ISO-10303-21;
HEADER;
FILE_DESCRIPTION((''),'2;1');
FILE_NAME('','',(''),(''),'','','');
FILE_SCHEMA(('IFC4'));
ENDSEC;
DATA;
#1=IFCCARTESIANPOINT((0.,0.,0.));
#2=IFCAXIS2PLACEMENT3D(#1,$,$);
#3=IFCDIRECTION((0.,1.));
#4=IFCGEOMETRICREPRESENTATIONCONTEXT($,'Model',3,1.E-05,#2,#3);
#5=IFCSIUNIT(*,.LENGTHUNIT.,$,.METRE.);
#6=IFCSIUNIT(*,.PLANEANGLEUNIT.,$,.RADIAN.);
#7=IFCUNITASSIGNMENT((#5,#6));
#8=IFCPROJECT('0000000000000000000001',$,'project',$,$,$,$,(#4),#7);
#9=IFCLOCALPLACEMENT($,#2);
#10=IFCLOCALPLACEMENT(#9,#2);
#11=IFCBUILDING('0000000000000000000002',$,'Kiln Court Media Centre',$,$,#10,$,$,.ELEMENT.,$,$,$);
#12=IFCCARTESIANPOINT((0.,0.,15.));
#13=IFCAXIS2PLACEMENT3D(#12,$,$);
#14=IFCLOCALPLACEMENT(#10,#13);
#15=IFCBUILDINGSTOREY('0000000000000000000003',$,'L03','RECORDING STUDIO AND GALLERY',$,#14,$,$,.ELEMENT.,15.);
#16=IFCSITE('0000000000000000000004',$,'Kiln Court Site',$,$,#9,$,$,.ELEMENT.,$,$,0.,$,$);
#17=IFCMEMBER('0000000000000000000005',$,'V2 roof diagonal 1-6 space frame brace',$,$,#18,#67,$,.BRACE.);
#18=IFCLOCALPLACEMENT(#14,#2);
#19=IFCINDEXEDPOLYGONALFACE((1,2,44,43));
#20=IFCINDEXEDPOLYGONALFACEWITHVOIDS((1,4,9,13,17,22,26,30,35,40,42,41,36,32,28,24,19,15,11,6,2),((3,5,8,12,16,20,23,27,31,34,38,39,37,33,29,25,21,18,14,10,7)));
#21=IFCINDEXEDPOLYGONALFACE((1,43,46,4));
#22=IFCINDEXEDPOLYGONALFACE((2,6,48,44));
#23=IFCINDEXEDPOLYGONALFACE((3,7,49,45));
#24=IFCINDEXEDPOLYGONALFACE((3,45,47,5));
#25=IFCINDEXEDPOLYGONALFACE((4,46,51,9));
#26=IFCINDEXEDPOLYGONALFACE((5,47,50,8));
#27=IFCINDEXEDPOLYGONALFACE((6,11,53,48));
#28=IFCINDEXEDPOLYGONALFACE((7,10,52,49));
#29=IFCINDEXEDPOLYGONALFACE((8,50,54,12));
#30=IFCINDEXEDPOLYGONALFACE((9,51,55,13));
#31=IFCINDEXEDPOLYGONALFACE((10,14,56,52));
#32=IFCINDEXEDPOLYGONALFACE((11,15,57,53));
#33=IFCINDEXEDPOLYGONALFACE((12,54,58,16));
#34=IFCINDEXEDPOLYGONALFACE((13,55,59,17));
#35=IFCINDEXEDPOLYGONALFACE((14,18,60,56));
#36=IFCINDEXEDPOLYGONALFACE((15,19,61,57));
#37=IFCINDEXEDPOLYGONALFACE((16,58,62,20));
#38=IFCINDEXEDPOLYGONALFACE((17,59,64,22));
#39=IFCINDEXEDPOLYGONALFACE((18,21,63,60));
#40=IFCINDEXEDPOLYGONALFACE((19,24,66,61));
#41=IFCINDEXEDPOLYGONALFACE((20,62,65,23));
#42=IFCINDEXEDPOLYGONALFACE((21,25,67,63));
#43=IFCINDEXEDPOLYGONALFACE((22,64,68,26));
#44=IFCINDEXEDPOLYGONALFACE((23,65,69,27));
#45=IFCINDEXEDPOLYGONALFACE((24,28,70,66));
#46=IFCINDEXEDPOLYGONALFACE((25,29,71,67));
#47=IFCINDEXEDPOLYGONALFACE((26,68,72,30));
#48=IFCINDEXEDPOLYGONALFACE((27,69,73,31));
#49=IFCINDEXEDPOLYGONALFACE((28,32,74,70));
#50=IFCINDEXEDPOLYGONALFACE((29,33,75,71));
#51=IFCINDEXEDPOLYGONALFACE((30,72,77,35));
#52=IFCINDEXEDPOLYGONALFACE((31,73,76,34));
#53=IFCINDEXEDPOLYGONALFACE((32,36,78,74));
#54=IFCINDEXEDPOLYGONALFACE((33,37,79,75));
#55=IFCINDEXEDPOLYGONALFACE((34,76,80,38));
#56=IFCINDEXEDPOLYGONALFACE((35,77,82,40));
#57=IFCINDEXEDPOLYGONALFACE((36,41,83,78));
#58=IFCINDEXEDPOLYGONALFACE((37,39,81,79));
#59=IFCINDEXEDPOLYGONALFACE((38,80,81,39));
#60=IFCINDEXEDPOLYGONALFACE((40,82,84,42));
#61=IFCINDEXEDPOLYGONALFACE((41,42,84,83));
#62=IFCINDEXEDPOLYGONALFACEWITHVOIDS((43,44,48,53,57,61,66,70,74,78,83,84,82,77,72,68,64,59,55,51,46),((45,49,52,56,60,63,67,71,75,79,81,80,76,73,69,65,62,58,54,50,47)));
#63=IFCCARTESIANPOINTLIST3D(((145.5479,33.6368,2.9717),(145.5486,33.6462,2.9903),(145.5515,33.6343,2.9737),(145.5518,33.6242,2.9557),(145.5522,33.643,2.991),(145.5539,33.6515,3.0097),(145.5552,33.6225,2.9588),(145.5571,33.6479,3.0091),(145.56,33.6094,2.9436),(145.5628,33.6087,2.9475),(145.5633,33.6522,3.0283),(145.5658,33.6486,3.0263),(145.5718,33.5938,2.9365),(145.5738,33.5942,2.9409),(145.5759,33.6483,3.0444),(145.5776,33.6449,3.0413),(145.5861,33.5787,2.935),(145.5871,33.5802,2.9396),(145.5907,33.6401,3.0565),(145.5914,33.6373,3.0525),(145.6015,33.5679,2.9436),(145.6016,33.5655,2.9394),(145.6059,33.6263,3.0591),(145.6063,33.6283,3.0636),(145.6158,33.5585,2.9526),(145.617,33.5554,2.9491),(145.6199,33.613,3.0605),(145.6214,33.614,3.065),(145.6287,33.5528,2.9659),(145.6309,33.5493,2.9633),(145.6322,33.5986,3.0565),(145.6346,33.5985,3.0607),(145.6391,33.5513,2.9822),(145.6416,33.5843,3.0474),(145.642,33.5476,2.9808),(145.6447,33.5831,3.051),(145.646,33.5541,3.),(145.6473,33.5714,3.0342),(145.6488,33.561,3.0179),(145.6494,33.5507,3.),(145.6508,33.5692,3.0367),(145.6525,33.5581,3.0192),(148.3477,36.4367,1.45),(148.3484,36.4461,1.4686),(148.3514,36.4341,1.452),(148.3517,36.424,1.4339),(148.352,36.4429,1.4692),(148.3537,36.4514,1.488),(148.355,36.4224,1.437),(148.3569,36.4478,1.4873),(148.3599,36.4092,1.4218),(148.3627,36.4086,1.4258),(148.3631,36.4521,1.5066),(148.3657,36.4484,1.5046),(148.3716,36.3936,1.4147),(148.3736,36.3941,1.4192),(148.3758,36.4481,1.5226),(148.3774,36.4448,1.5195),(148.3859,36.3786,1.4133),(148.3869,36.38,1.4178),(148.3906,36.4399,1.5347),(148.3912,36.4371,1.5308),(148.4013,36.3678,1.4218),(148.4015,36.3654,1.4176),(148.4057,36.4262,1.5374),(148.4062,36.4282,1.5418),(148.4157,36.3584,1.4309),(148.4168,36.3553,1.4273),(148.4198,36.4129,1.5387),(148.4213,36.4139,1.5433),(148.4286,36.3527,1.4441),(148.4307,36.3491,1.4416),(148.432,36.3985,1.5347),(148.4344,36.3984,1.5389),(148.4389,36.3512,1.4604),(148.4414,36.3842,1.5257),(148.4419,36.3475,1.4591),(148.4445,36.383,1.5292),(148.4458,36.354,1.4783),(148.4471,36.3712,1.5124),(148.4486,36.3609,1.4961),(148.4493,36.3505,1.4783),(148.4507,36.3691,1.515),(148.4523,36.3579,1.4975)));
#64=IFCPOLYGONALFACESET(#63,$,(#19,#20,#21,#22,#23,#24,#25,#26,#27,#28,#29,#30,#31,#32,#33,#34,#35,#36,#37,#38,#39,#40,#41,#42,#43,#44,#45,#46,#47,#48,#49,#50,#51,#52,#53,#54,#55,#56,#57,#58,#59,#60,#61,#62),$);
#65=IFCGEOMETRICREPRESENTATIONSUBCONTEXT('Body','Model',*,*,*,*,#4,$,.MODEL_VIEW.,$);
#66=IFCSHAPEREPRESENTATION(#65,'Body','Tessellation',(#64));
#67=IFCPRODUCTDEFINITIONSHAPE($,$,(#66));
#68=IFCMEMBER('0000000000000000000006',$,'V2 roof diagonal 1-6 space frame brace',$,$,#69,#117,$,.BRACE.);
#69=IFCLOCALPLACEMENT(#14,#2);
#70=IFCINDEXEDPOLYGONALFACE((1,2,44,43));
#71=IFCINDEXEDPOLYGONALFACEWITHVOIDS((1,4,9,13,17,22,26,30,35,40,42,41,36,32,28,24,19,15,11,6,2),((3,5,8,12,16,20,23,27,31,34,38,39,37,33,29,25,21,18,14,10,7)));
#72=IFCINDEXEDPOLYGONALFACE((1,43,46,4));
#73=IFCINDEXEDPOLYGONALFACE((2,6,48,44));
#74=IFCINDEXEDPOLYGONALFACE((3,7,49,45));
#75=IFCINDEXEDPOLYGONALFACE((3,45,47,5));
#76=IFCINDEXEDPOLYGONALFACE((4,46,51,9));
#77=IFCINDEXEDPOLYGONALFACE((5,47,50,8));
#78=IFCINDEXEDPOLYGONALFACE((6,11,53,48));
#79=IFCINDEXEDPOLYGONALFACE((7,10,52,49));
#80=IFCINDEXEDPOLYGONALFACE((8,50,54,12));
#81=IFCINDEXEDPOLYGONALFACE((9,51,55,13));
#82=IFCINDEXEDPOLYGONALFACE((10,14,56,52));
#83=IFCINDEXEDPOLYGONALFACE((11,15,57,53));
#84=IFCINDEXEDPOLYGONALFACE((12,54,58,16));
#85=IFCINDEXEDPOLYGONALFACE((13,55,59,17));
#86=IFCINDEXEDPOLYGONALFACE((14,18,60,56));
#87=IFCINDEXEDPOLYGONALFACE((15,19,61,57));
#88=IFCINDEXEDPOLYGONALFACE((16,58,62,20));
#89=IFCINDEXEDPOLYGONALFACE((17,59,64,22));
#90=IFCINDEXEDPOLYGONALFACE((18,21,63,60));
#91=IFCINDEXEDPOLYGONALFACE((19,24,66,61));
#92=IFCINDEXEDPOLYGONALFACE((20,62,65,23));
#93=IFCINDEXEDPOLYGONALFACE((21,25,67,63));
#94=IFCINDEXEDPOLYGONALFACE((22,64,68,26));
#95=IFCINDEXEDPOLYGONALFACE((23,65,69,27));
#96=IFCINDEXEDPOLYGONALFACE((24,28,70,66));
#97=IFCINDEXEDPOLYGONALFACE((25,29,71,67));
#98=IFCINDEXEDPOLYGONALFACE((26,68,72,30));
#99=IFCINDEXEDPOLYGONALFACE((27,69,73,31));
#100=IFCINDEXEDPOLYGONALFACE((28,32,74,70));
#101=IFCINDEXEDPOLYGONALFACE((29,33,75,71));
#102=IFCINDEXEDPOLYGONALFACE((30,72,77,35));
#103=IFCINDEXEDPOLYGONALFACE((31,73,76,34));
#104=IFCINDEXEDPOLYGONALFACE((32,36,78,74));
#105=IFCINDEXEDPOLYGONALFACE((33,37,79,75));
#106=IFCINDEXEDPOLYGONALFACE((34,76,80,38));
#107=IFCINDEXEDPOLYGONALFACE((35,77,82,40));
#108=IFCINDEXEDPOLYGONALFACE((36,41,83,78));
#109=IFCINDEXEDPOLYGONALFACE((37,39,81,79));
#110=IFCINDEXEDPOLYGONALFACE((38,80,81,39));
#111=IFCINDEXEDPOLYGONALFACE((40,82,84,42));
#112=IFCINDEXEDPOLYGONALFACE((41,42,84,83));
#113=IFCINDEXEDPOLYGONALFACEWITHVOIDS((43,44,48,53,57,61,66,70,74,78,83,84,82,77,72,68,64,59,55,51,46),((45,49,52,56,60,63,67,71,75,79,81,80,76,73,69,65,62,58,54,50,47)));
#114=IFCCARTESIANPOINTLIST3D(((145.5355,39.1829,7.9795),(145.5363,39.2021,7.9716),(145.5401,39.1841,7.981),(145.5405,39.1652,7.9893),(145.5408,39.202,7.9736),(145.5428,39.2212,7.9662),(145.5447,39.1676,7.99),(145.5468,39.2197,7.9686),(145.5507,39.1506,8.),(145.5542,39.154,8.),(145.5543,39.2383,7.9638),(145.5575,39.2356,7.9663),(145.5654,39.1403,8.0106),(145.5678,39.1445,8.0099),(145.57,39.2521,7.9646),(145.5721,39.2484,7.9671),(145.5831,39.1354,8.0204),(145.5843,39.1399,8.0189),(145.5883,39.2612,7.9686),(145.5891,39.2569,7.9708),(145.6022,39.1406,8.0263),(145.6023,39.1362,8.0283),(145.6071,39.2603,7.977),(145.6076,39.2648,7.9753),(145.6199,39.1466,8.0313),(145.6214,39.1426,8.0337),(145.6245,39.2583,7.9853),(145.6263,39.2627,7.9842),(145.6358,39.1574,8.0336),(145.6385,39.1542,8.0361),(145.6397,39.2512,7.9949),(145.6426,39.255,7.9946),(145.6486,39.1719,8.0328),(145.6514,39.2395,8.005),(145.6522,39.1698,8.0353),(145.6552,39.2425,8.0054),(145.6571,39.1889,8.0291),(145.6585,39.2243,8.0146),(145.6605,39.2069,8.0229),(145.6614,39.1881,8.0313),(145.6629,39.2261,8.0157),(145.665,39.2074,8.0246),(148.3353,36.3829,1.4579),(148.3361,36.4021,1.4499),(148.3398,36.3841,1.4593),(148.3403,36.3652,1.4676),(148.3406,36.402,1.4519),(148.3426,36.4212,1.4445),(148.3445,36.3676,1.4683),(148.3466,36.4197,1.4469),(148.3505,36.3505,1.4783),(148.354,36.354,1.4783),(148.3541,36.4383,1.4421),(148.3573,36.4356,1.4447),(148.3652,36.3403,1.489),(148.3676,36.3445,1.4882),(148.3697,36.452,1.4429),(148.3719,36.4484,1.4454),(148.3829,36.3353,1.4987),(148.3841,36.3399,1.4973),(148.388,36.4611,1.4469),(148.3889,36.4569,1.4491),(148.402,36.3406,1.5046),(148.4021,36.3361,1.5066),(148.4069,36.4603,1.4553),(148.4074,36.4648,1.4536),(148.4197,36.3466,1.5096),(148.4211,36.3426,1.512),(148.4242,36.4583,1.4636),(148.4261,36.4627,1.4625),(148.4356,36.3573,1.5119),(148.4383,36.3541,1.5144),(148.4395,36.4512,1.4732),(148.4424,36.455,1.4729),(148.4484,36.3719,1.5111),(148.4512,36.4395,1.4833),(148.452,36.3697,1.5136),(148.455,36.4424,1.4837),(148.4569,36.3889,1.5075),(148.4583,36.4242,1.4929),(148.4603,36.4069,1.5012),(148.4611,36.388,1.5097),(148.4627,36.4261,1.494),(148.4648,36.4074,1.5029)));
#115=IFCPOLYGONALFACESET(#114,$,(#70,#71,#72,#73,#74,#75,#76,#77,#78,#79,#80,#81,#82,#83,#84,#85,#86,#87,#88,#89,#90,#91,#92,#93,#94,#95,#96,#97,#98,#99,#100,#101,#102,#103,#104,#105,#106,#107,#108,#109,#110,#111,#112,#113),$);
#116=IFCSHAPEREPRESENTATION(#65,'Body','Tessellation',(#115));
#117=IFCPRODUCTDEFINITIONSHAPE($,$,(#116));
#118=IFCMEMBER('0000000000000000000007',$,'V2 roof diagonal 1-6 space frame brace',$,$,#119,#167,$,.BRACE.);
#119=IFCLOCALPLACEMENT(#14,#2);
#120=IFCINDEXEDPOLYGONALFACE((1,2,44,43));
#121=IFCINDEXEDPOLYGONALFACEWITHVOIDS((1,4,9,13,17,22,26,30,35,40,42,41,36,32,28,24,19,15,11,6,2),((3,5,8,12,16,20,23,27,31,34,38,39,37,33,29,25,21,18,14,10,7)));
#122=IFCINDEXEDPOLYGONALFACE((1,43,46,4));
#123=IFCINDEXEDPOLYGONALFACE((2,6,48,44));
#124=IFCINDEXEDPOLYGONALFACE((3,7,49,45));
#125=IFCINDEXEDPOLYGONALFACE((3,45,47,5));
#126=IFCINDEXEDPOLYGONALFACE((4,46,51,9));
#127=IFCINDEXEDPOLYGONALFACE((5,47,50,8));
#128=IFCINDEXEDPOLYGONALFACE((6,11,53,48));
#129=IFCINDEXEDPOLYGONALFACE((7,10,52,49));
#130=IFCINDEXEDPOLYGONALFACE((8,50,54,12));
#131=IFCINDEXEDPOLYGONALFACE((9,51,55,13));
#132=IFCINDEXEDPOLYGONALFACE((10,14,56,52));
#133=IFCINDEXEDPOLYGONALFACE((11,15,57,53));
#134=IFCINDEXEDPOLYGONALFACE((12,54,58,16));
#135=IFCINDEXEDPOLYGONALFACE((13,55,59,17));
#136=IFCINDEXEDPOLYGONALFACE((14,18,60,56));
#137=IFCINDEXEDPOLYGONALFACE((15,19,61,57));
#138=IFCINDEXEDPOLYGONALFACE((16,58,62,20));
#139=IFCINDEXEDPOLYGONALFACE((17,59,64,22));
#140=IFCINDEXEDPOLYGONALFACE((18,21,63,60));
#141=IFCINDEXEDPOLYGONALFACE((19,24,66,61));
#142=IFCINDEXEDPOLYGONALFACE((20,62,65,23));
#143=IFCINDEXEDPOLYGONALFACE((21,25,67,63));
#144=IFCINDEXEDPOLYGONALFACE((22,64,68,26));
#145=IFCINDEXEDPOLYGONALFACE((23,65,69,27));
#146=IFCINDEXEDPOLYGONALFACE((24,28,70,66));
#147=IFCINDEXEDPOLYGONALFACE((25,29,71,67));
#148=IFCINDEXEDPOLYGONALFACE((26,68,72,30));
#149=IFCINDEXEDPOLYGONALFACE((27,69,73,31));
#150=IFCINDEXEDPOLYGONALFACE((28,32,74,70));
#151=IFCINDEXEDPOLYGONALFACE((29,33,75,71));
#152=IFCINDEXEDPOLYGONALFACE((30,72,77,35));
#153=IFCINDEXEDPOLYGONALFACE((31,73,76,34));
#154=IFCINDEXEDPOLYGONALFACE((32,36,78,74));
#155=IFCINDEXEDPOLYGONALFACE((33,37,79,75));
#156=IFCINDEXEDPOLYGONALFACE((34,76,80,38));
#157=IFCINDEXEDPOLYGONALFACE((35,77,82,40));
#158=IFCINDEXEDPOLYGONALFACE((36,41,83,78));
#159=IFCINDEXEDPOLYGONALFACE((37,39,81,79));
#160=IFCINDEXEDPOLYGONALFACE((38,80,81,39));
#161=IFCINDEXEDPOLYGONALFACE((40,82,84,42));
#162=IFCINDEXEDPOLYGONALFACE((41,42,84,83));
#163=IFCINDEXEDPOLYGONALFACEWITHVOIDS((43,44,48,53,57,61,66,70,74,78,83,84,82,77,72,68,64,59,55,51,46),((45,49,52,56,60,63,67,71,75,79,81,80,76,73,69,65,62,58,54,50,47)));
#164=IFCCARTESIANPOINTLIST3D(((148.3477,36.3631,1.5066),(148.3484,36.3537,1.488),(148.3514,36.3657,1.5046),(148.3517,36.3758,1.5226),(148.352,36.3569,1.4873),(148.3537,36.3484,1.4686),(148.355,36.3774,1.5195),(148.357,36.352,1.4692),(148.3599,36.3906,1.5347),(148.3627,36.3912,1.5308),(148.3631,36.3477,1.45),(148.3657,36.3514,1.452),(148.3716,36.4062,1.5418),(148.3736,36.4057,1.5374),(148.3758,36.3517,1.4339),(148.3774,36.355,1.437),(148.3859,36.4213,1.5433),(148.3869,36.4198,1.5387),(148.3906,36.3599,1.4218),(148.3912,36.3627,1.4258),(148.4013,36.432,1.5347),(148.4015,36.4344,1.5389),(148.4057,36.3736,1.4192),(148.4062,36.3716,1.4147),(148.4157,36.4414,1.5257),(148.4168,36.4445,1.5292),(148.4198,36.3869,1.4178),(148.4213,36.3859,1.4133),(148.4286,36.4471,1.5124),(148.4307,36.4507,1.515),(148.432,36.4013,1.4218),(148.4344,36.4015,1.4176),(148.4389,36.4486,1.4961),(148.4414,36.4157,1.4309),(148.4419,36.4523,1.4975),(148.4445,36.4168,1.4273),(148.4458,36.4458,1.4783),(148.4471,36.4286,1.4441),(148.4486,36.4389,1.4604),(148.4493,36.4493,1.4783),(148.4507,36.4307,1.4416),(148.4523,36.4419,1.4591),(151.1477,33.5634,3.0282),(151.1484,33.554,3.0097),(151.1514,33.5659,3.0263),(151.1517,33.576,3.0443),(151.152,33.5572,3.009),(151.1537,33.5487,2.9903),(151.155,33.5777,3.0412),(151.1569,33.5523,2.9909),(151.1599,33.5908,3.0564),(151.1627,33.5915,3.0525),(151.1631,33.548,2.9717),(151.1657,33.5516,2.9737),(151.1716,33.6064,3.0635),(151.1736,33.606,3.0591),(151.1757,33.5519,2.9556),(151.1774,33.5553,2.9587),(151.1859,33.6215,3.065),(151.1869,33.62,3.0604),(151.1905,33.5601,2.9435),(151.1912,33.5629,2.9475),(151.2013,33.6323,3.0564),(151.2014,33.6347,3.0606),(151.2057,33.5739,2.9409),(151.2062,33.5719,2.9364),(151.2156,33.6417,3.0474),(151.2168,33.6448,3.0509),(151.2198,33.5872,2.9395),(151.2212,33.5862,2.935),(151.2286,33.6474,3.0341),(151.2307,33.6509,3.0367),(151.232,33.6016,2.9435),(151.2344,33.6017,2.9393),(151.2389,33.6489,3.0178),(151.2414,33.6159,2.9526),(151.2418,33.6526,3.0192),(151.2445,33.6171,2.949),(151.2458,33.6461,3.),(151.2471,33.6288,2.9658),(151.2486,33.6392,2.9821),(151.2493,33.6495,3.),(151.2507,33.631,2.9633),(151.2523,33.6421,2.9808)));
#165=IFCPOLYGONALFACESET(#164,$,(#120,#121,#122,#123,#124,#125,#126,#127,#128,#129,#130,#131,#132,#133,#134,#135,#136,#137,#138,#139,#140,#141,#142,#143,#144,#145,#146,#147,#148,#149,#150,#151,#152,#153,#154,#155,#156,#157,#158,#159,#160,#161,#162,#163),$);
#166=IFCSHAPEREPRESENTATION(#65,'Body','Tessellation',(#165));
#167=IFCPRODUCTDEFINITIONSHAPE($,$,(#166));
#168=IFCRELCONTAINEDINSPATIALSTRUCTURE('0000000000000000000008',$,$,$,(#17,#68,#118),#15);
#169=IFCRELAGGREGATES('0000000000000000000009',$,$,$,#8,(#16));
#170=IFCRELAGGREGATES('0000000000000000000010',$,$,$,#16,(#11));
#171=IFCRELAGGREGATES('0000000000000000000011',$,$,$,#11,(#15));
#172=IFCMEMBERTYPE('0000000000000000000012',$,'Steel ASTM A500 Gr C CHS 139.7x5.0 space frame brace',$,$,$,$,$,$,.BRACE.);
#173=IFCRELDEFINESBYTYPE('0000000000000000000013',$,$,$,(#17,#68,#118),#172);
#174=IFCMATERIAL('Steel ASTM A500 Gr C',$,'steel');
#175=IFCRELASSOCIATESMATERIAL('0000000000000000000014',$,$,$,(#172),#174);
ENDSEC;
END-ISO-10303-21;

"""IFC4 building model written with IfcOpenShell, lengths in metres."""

from ifc_helpers import new_model, si_unit, direction, frame, origin, origin_2d, place, context, subcontext, project, spatial, hollow_circle, extrude, material, material_profile, profile_set, type_object, element, save


model = new_model("IFC4")

# Units and contexts
model_context = context("Model", 3, precision=1e-05, world=origin(), true_north=direction((0.0, 1.0)))
body_context = subcontext(model_context, "Body", "Model", "MODEL_VIEW")
ifc_project = project(units=[si_unit("LENGTHUNIT", "METRE"), si_unit("PLANEANGLEUNIT", "RADIAN")], contexts=[model_context])

# Site, building, storey
site_placement = place(None, origin())
site = spatial("IfcSite", under=ifc_project, at=site_placement, Name="Kiln Court Site", CompositionType="ELEMENT", RefElevation=0.0)
building_placement = place(site_placement, origin())
building = spatial("IfcBuilding", under=site, at=building_placement, Name="Kiln Court Media Centre", CompositionType="ELEMENT")
storey_placement = place(building_placement, frame((0.0, 0.0, 15.0)))
storey = spatial("IfcBuildingStorey", under=building, at=storey_placement, Name="L03", Description="RECORDING STUDIO AND GALLERY", CompositionType="ELEMENT", Elevation=15.0)

# Members
ifc_material_1 = material(Name="Steel ASTM A500 Gr C", Category="steel")
ifc_material_profile_1 = material_profile(ifc_material_1, hollow_circle(Radius=0.0698, WallThickness=0.0049, at=origin_2d()), Name="CHS 139.7x5.0")
ifc_profile_set_1 = profile_set([ifc_material_profile_1], Name="Steel ASTM A500 Gr C")
member_type_1 = type_object("IfcMemberType", Name="Steel ASTM A500 Gr C CHS 139.7x5.0 space frame brace", PredefinedType="BRACE", material=ifc_profile_set_1)
member_1_placement = place(storey_placement, frame((148.3999, 36.3999, 1.4783), z_axis=(-0.66004, -0.66004, 0.35874), x_axis=(0.707107, -0.707107, 0.0)))
element("IfcMember", 1, at=member_1_placement, inside=storey, type_object=member_type_1, Name="V2 roof diagonal 1-6 space frame brace", PredefinedType="BRACE", context=body_context, shape_type="SweptSolid", body=[
    extrude(hollow_circle(Radius=0.0698, WallThickness=0.0049, at=origin_2d()), origin(), (0.0, 0.0, 1.0), 4.2419),
])
member_2_placement = place(storey_placement, frame((148.3999, 36.3999, 1.4783), z_axis=(-0.366962, 0.366994, 0.854783), x_axis=(-0.707138, -0.707076, 0.0)))
element("IfcMember", 2, at=member_2_placement, inside=storey, type_object=member_type_1, Name="V2 roof diagonal 1-6 space frame brace", PredefinedType="BRACE", context=body_context, shape_type="SweptSolid", body=[
    extrude(hollow_circle(Radius=0.0698, WallThickness=0.0049, at=origin_2d()), origin(), (0.0, 0.0, 1.0), 7.6296),
])
member_3_placement = place(storey_placement, frame((148.3999, 36.3999, 1.4783), z_axis=(0.660073, -0.660015, 0.358726), x_axis=(0.707076, 0.707138, 0.0)))
element("IfcMember", 3, at=member_3_placement, inside=storey, type_object=member_type_1, Name="V2 roof diagonal 1-6 space frame brace", PredefinedType="BRACE", context=body_context, shape_type="SweptSolid", body=[
    extrude(hollow_circle(Radius=0.0698, WallThickness=0.0049, at=origin_2d()), origin(), (0.0, 0.0, 1.0), 4.2419),
])

save(model, "model.ifc")
